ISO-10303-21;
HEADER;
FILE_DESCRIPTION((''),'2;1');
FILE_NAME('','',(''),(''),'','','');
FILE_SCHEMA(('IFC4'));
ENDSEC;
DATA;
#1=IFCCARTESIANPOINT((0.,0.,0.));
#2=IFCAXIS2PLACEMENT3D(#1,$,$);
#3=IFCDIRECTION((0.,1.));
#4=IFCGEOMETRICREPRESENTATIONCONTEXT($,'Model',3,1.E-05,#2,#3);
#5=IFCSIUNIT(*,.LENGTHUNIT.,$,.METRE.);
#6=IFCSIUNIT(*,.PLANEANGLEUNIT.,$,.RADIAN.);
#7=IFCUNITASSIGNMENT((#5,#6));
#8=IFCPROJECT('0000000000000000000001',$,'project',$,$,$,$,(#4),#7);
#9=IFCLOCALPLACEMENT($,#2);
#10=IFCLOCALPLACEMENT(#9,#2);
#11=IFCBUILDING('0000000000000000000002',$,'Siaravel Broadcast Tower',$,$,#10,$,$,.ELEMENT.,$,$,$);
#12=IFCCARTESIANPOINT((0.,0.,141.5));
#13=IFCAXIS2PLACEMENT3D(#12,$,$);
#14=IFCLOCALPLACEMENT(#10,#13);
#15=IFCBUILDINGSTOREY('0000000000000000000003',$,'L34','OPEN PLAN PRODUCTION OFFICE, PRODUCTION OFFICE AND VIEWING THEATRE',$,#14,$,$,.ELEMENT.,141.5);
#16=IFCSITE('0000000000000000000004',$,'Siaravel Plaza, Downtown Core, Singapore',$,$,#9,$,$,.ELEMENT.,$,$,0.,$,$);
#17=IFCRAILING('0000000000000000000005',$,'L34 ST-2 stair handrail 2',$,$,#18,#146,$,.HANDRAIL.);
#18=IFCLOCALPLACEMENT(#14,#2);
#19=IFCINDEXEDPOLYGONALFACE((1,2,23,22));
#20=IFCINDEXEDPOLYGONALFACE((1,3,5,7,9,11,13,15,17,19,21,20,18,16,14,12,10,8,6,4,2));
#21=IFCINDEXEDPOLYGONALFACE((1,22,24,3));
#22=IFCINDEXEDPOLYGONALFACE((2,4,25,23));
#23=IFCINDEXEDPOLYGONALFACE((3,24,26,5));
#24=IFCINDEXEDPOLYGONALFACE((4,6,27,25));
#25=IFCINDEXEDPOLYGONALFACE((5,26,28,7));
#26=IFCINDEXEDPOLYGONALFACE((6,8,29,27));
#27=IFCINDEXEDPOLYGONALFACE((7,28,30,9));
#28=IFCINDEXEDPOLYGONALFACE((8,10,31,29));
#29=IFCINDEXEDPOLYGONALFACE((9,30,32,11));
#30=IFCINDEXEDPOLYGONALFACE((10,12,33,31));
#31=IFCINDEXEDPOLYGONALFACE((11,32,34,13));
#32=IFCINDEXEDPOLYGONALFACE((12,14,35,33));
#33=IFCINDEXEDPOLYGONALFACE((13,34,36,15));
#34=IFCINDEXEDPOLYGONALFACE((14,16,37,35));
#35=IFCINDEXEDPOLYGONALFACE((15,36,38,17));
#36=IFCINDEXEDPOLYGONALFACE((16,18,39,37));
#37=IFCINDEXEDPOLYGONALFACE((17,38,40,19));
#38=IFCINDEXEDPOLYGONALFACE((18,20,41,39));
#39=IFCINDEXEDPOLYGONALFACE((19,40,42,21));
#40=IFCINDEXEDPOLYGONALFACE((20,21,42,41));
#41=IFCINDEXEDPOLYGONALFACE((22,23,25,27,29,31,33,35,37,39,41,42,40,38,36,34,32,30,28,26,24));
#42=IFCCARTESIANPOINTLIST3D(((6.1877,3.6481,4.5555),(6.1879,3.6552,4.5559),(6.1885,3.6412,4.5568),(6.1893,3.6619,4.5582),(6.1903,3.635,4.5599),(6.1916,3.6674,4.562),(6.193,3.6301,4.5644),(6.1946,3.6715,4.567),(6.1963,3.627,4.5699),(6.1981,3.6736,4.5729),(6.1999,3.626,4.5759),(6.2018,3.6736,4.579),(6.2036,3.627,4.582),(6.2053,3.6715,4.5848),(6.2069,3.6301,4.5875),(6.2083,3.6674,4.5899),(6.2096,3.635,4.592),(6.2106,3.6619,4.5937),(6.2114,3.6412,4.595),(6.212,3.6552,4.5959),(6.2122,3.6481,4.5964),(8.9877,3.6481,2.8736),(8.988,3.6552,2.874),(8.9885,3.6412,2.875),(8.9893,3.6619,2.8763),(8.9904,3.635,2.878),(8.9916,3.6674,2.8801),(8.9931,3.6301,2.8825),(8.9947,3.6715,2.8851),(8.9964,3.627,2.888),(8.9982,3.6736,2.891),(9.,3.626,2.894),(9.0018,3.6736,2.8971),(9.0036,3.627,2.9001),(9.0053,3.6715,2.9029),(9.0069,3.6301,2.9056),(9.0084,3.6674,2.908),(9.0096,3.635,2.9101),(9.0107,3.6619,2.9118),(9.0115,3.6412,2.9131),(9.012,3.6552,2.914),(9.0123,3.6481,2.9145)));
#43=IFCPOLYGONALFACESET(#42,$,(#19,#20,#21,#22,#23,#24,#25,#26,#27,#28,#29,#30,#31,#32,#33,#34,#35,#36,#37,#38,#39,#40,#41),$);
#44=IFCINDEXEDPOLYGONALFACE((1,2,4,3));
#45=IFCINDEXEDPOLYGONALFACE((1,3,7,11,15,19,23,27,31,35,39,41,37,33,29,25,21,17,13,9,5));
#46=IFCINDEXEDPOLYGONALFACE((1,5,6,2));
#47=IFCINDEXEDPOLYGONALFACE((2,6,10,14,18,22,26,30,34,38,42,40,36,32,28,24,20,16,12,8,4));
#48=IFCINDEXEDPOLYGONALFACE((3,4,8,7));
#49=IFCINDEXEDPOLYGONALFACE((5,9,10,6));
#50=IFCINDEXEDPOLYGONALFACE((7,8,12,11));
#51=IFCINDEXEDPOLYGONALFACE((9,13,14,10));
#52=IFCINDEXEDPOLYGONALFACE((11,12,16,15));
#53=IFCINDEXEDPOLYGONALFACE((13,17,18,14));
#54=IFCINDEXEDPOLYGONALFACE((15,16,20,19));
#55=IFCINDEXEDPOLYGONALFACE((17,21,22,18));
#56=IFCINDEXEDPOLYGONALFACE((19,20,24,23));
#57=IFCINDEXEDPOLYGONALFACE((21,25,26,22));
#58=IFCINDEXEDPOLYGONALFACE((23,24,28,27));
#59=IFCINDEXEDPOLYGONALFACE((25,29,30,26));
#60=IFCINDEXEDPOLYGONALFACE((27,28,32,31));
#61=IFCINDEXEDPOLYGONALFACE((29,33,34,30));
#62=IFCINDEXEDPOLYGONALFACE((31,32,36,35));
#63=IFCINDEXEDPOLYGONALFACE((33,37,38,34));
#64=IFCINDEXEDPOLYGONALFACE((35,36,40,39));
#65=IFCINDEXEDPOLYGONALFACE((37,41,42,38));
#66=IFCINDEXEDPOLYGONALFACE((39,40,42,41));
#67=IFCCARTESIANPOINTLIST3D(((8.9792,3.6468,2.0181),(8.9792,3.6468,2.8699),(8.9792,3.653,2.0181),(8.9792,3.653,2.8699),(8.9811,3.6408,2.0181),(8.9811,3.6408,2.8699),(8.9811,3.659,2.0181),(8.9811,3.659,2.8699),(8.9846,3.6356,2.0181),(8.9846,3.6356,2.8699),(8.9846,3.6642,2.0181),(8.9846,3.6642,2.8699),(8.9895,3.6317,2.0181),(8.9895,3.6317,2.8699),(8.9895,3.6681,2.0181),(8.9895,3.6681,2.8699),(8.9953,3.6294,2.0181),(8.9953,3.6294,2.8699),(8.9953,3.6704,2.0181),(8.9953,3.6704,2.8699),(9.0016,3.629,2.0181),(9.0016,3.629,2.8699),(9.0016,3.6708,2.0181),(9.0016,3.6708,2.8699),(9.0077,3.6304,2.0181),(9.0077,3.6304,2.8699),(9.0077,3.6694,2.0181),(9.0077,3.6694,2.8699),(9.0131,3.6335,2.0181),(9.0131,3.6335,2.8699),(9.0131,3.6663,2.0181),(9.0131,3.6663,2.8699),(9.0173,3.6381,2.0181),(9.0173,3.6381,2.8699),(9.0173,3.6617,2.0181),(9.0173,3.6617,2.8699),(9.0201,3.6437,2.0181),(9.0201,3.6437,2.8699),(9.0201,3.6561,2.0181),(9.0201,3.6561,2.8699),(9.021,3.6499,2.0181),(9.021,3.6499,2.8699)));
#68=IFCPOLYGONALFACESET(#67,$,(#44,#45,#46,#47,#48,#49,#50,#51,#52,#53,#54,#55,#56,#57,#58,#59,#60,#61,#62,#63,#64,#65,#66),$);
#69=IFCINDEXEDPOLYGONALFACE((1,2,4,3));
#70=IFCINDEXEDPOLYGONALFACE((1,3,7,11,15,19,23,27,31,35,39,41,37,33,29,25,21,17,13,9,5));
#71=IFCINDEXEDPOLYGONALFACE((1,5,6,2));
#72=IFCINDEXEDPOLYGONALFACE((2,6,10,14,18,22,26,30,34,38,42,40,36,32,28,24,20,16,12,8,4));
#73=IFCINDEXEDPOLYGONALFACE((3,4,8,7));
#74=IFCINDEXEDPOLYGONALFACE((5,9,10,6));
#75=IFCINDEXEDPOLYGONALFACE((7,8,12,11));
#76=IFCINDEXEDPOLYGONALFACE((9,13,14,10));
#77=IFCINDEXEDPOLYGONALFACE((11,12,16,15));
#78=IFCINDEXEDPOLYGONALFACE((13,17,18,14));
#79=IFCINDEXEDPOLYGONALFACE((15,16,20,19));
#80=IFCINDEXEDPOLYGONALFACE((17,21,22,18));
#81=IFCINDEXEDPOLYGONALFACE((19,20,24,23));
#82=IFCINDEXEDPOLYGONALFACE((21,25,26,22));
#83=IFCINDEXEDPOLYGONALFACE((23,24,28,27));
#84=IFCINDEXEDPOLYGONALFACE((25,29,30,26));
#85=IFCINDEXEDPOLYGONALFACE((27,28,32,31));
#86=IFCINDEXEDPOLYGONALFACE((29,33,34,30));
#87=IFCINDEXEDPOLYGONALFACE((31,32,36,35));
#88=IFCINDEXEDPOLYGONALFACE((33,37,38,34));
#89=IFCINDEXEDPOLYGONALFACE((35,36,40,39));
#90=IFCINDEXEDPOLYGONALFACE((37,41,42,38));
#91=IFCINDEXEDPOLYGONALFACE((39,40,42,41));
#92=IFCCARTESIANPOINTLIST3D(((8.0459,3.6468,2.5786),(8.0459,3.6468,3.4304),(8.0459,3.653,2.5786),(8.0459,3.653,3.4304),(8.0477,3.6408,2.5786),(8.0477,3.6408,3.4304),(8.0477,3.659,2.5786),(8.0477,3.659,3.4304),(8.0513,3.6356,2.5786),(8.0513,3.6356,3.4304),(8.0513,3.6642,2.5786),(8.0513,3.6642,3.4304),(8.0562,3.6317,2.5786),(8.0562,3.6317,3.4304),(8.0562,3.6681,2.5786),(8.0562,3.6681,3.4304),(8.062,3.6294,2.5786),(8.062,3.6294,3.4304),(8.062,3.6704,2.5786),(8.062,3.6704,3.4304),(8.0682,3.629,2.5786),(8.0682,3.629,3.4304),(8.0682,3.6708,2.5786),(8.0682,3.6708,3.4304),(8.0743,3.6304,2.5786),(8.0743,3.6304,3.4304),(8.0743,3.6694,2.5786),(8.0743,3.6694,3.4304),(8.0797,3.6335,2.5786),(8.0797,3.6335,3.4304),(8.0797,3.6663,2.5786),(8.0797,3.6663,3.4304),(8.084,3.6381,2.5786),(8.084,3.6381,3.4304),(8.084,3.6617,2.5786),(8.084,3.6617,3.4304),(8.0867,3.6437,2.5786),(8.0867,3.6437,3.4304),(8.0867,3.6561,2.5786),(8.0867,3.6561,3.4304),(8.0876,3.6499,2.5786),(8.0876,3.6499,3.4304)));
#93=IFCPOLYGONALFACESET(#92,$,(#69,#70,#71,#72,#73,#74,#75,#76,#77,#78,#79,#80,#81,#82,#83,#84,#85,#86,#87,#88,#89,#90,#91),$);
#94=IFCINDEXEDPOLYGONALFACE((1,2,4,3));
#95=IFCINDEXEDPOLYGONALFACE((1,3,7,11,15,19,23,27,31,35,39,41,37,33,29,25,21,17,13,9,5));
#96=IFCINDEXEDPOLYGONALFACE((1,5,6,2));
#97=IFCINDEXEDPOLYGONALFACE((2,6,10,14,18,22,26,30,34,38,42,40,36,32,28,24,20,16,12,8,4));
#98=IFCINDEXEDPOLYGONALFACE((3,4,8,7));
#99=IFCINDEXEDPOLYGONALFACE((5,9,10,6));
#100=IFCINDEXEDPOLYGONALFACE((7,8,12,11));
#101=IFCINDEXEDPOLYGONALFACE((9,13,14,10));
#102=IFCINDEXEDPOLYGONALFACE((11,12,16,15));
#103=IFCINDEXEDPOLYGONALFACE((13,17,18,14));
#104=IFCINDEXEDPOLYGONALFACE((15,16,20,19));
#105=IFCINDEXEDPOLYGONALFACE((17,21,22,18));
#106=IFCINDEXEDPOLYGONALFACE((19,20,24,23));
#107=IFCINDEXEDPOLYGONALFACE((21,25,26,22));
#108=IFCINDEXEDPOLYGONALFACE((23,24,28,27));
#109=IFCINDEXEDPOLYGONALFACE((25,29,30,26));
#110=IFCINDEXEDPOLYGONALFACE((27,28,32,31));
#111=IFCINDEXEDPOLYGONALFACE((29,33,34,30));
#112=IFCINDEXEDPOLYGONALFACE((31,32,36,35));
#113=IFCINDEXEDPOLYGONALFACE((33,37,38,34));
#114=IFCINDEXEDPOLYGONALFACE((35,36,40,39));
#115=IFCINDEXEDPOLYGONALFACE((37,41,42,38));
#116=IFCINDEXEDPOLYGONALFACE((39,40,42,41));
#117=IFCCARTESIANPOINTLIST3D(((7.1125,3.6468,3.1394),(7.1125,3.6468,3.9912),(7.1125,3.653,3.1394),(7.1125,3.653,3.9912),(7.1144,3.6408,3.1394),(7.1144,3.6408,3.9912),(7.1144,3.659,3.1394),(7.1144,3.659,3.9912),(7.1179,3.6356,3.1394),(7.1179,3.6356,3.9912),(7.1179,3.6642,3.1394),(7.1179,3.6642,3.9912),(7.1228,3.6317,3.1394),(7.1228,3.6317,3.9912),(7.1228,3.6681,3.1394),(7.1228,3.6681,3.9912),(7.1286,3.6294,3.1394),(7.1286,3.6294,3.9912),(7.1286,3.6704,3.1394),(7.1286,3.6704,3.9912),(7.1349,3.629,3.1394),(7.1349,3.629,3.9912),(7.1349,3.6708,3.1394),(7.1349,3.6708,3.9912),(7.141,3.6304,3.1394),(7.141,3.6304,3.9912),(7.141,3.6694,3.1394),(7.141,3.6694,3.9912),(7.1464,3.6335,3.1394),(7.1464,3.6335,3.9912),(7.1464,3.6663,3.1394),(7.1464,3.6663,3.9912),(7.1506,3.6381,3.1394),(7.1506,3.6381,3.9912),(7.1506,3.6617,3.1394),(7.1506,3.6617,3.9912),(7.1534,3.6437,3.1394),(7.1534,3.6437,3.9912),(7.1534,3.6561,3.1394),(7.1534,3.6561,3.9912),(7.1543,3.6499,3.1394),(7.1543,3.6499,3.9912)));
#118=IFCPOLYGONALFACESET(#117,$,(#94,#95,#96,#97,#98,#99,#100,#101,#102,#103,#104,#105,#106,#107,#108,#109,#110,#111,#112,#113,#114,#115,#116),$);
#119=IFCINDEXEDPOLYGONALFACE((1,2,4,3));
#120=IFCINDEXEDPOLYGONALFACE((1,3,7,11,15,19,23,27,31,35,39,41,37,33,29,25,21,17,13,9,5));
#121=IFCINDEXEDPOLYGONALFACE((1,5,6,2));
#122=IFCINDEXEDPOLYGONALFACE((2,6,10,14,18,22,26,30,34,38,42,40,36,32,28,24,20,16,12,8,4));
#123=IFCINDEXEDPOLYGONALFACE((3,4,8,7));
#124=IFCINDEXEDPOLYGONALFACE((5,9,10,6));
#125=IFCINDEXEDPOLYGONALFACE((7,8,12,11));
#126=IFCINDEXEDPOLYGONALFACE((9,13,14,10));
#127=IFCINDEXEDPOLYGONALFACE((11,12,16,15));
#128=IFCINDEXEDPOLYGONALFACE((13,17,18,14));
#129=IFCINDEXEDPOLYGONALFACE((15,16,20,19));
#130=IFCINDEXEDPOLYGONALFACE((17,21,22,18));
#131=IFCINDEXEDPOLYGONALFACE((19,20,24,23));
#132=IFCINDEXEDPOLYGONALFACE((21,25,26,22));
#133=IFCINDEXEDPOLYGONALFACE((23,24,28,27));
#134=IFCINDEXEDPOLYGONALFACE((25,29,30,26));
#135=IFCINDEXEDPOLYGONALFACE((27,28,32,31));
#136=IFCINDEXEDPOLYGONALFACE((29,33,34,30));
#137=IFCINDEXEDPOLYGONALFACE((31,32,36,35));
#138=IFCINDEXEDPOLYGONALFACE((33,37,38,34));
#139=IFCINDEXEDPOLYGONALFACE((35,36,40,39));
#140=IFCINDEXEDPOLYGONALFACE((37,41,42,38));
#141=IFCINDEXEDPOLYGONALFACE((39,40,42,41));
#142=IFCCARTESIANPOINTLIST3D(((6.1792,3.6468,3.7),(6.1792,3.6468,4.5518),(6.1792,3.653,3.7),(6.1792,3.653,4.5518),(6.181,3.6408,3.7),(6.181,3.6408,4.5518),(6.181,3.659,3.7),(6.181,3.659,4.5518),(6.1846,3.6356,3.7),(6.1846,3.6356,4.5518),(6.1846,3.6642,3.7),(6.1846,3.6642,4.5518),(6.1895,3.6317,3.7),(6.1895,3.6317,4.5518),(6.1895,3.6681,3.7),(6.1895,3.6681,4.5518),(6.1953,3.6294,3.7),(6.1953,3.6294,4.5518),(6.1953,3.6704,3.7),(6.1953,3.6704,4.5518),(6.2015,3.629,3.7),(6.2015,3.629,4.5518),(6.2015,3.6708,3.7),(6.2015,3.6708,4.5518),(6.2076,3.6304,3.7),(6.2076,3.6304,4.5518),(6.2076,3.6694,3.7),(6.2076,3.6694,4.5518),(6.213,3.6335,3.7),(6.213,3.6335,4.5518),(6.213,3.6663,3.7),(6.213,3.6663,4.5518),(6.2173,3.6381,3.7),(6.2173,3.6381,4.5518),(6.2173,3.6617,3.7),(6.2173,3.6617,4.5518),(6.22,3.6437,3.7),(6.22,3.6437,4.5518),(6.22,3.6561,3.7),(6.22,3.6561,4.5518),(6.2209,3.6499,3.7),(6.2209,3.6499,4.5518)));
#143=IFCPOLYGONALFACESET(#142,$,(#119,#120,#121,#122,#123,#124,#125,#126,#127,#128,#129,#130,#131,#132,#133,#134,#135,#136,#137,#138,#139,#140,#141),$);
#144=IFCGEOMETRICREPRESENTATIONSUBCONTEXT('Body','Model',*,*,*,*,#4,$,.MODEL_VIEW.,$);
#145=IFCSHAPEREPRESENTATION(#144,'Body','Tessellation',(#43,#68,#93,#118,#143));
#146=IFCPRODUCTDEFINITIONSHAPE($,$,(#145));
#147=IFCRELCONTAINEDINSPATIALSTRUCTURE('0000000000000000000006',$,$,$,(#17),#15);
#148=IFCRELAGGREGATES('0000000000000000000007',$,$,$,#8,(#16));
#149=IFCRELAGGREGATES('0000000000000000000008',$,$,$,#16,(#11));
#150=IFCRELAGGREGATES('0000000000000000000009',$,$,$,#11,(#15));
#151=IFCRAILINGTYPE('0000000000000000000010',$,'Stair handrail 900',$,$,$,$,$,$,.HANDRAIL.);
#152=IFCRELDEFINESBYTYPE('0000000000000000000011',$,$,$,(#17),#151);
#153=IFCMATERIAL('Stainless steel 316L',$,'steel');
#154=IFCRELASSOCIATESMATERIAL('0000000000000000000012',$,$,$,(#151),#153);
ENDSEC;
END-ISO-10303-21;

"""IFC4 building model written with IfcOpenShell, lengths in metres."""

from ifc_helpers import new_model, si_unit, direction, frame, origin, origin_2d, place, context, subcontext, project, spatial, circle, extrude, material, type_object, element, save


model = new_model("IFC4")

# Units and contexts
model_context = context("Model", 3, precision=1e-05, world=origin(), true_north=direction((0.0, 1.0)))
body_context = subcontext(model_context, "Body", "Model", "MODEL_VIEW")
ifc_project = project(units=[si_unit("LENGTHUNIT", "METRE"), si_unit("PLANEANGLEUNIT", "RADIAN")], contexts=[model_context])

# Site, building, storey
site_placement = place(None, origin())
site = spatial("IfcSite", under=ifc_project, at=site_placement, Name="Siaravel Plaza, Downtown Core, Singapore", CompositionType="ELEMENT", RefElevation=0.0)
building_placement = place(site_placement, origin())
building = spatial("IfcBuilding", under=site, at=building_placement, Name="Siaravel Broadcast Tower", CompositionType="ELEMENT")
storey_placement = place(building_placement, frame((0.0, 0.0, 141.5)))
storey = spatial("IfcBuildingStorey", under=building, at=storey_placement, Name="L34", Description="OPEN PLAN PRODUCTION OFFICE, PRODUCTION OFFICE AND VIEWING THEATRE", CompositionType="ELEMENT", Elevation=141.5)

# Railing
ifc_material_1 = material(Name="Stainless steel 316L", Category="steel")
railing_type_1 = type_object("IfcRailingType", Name="Stair handrail 900", PredefinedType="HANDRAIL", material=ifc_material_1)
railing_1_placement = place(storey_placement, frame((9.0, 3.6499, 2.0181)))
element("IfcRailing", 1, at=railing_1_placement, inside=storey, type_object=railing_type_1, Name="L34 ST-2 stair handrail 2", PredefinedType="HANDRAIL", context=body_context, shape_type="SweptSolid", body=[
    extrude(circle(Radius=0.0239, at=origin_2d()), frame((0.0, 0.0, 0.876), z_axis=(-0.857242, 0.0, 0.514913), x_axis=(0.0, -1.0, 0.0)), (0.0, 0.0, 1.0), 3.2664),
    extrude(circle(Radius=0.021, at=origin_2d()), origin(), (0.0, 0.0, 1.0), 0.8518),
    extrude(circle(Radius=0.021, at=origin_2d()), frame((-0.9333, 0.0, 0.5605)), (0.0, 0.0, 1.0), 0.8518),
    extrude(circle(Radius=0.021, at=origin_2d()), frame((-1.8667, 0.0, 1.1213)), (0.0, 0.0, 1.0), 0.8518),
    extrude(circle(Radius=0.021, at=origin_2d()), frame((-2.8, 0.0, 1.6819)), (0.0, 0.0, 1.0), 0.8518),
])

save(model, "model.ifc")
